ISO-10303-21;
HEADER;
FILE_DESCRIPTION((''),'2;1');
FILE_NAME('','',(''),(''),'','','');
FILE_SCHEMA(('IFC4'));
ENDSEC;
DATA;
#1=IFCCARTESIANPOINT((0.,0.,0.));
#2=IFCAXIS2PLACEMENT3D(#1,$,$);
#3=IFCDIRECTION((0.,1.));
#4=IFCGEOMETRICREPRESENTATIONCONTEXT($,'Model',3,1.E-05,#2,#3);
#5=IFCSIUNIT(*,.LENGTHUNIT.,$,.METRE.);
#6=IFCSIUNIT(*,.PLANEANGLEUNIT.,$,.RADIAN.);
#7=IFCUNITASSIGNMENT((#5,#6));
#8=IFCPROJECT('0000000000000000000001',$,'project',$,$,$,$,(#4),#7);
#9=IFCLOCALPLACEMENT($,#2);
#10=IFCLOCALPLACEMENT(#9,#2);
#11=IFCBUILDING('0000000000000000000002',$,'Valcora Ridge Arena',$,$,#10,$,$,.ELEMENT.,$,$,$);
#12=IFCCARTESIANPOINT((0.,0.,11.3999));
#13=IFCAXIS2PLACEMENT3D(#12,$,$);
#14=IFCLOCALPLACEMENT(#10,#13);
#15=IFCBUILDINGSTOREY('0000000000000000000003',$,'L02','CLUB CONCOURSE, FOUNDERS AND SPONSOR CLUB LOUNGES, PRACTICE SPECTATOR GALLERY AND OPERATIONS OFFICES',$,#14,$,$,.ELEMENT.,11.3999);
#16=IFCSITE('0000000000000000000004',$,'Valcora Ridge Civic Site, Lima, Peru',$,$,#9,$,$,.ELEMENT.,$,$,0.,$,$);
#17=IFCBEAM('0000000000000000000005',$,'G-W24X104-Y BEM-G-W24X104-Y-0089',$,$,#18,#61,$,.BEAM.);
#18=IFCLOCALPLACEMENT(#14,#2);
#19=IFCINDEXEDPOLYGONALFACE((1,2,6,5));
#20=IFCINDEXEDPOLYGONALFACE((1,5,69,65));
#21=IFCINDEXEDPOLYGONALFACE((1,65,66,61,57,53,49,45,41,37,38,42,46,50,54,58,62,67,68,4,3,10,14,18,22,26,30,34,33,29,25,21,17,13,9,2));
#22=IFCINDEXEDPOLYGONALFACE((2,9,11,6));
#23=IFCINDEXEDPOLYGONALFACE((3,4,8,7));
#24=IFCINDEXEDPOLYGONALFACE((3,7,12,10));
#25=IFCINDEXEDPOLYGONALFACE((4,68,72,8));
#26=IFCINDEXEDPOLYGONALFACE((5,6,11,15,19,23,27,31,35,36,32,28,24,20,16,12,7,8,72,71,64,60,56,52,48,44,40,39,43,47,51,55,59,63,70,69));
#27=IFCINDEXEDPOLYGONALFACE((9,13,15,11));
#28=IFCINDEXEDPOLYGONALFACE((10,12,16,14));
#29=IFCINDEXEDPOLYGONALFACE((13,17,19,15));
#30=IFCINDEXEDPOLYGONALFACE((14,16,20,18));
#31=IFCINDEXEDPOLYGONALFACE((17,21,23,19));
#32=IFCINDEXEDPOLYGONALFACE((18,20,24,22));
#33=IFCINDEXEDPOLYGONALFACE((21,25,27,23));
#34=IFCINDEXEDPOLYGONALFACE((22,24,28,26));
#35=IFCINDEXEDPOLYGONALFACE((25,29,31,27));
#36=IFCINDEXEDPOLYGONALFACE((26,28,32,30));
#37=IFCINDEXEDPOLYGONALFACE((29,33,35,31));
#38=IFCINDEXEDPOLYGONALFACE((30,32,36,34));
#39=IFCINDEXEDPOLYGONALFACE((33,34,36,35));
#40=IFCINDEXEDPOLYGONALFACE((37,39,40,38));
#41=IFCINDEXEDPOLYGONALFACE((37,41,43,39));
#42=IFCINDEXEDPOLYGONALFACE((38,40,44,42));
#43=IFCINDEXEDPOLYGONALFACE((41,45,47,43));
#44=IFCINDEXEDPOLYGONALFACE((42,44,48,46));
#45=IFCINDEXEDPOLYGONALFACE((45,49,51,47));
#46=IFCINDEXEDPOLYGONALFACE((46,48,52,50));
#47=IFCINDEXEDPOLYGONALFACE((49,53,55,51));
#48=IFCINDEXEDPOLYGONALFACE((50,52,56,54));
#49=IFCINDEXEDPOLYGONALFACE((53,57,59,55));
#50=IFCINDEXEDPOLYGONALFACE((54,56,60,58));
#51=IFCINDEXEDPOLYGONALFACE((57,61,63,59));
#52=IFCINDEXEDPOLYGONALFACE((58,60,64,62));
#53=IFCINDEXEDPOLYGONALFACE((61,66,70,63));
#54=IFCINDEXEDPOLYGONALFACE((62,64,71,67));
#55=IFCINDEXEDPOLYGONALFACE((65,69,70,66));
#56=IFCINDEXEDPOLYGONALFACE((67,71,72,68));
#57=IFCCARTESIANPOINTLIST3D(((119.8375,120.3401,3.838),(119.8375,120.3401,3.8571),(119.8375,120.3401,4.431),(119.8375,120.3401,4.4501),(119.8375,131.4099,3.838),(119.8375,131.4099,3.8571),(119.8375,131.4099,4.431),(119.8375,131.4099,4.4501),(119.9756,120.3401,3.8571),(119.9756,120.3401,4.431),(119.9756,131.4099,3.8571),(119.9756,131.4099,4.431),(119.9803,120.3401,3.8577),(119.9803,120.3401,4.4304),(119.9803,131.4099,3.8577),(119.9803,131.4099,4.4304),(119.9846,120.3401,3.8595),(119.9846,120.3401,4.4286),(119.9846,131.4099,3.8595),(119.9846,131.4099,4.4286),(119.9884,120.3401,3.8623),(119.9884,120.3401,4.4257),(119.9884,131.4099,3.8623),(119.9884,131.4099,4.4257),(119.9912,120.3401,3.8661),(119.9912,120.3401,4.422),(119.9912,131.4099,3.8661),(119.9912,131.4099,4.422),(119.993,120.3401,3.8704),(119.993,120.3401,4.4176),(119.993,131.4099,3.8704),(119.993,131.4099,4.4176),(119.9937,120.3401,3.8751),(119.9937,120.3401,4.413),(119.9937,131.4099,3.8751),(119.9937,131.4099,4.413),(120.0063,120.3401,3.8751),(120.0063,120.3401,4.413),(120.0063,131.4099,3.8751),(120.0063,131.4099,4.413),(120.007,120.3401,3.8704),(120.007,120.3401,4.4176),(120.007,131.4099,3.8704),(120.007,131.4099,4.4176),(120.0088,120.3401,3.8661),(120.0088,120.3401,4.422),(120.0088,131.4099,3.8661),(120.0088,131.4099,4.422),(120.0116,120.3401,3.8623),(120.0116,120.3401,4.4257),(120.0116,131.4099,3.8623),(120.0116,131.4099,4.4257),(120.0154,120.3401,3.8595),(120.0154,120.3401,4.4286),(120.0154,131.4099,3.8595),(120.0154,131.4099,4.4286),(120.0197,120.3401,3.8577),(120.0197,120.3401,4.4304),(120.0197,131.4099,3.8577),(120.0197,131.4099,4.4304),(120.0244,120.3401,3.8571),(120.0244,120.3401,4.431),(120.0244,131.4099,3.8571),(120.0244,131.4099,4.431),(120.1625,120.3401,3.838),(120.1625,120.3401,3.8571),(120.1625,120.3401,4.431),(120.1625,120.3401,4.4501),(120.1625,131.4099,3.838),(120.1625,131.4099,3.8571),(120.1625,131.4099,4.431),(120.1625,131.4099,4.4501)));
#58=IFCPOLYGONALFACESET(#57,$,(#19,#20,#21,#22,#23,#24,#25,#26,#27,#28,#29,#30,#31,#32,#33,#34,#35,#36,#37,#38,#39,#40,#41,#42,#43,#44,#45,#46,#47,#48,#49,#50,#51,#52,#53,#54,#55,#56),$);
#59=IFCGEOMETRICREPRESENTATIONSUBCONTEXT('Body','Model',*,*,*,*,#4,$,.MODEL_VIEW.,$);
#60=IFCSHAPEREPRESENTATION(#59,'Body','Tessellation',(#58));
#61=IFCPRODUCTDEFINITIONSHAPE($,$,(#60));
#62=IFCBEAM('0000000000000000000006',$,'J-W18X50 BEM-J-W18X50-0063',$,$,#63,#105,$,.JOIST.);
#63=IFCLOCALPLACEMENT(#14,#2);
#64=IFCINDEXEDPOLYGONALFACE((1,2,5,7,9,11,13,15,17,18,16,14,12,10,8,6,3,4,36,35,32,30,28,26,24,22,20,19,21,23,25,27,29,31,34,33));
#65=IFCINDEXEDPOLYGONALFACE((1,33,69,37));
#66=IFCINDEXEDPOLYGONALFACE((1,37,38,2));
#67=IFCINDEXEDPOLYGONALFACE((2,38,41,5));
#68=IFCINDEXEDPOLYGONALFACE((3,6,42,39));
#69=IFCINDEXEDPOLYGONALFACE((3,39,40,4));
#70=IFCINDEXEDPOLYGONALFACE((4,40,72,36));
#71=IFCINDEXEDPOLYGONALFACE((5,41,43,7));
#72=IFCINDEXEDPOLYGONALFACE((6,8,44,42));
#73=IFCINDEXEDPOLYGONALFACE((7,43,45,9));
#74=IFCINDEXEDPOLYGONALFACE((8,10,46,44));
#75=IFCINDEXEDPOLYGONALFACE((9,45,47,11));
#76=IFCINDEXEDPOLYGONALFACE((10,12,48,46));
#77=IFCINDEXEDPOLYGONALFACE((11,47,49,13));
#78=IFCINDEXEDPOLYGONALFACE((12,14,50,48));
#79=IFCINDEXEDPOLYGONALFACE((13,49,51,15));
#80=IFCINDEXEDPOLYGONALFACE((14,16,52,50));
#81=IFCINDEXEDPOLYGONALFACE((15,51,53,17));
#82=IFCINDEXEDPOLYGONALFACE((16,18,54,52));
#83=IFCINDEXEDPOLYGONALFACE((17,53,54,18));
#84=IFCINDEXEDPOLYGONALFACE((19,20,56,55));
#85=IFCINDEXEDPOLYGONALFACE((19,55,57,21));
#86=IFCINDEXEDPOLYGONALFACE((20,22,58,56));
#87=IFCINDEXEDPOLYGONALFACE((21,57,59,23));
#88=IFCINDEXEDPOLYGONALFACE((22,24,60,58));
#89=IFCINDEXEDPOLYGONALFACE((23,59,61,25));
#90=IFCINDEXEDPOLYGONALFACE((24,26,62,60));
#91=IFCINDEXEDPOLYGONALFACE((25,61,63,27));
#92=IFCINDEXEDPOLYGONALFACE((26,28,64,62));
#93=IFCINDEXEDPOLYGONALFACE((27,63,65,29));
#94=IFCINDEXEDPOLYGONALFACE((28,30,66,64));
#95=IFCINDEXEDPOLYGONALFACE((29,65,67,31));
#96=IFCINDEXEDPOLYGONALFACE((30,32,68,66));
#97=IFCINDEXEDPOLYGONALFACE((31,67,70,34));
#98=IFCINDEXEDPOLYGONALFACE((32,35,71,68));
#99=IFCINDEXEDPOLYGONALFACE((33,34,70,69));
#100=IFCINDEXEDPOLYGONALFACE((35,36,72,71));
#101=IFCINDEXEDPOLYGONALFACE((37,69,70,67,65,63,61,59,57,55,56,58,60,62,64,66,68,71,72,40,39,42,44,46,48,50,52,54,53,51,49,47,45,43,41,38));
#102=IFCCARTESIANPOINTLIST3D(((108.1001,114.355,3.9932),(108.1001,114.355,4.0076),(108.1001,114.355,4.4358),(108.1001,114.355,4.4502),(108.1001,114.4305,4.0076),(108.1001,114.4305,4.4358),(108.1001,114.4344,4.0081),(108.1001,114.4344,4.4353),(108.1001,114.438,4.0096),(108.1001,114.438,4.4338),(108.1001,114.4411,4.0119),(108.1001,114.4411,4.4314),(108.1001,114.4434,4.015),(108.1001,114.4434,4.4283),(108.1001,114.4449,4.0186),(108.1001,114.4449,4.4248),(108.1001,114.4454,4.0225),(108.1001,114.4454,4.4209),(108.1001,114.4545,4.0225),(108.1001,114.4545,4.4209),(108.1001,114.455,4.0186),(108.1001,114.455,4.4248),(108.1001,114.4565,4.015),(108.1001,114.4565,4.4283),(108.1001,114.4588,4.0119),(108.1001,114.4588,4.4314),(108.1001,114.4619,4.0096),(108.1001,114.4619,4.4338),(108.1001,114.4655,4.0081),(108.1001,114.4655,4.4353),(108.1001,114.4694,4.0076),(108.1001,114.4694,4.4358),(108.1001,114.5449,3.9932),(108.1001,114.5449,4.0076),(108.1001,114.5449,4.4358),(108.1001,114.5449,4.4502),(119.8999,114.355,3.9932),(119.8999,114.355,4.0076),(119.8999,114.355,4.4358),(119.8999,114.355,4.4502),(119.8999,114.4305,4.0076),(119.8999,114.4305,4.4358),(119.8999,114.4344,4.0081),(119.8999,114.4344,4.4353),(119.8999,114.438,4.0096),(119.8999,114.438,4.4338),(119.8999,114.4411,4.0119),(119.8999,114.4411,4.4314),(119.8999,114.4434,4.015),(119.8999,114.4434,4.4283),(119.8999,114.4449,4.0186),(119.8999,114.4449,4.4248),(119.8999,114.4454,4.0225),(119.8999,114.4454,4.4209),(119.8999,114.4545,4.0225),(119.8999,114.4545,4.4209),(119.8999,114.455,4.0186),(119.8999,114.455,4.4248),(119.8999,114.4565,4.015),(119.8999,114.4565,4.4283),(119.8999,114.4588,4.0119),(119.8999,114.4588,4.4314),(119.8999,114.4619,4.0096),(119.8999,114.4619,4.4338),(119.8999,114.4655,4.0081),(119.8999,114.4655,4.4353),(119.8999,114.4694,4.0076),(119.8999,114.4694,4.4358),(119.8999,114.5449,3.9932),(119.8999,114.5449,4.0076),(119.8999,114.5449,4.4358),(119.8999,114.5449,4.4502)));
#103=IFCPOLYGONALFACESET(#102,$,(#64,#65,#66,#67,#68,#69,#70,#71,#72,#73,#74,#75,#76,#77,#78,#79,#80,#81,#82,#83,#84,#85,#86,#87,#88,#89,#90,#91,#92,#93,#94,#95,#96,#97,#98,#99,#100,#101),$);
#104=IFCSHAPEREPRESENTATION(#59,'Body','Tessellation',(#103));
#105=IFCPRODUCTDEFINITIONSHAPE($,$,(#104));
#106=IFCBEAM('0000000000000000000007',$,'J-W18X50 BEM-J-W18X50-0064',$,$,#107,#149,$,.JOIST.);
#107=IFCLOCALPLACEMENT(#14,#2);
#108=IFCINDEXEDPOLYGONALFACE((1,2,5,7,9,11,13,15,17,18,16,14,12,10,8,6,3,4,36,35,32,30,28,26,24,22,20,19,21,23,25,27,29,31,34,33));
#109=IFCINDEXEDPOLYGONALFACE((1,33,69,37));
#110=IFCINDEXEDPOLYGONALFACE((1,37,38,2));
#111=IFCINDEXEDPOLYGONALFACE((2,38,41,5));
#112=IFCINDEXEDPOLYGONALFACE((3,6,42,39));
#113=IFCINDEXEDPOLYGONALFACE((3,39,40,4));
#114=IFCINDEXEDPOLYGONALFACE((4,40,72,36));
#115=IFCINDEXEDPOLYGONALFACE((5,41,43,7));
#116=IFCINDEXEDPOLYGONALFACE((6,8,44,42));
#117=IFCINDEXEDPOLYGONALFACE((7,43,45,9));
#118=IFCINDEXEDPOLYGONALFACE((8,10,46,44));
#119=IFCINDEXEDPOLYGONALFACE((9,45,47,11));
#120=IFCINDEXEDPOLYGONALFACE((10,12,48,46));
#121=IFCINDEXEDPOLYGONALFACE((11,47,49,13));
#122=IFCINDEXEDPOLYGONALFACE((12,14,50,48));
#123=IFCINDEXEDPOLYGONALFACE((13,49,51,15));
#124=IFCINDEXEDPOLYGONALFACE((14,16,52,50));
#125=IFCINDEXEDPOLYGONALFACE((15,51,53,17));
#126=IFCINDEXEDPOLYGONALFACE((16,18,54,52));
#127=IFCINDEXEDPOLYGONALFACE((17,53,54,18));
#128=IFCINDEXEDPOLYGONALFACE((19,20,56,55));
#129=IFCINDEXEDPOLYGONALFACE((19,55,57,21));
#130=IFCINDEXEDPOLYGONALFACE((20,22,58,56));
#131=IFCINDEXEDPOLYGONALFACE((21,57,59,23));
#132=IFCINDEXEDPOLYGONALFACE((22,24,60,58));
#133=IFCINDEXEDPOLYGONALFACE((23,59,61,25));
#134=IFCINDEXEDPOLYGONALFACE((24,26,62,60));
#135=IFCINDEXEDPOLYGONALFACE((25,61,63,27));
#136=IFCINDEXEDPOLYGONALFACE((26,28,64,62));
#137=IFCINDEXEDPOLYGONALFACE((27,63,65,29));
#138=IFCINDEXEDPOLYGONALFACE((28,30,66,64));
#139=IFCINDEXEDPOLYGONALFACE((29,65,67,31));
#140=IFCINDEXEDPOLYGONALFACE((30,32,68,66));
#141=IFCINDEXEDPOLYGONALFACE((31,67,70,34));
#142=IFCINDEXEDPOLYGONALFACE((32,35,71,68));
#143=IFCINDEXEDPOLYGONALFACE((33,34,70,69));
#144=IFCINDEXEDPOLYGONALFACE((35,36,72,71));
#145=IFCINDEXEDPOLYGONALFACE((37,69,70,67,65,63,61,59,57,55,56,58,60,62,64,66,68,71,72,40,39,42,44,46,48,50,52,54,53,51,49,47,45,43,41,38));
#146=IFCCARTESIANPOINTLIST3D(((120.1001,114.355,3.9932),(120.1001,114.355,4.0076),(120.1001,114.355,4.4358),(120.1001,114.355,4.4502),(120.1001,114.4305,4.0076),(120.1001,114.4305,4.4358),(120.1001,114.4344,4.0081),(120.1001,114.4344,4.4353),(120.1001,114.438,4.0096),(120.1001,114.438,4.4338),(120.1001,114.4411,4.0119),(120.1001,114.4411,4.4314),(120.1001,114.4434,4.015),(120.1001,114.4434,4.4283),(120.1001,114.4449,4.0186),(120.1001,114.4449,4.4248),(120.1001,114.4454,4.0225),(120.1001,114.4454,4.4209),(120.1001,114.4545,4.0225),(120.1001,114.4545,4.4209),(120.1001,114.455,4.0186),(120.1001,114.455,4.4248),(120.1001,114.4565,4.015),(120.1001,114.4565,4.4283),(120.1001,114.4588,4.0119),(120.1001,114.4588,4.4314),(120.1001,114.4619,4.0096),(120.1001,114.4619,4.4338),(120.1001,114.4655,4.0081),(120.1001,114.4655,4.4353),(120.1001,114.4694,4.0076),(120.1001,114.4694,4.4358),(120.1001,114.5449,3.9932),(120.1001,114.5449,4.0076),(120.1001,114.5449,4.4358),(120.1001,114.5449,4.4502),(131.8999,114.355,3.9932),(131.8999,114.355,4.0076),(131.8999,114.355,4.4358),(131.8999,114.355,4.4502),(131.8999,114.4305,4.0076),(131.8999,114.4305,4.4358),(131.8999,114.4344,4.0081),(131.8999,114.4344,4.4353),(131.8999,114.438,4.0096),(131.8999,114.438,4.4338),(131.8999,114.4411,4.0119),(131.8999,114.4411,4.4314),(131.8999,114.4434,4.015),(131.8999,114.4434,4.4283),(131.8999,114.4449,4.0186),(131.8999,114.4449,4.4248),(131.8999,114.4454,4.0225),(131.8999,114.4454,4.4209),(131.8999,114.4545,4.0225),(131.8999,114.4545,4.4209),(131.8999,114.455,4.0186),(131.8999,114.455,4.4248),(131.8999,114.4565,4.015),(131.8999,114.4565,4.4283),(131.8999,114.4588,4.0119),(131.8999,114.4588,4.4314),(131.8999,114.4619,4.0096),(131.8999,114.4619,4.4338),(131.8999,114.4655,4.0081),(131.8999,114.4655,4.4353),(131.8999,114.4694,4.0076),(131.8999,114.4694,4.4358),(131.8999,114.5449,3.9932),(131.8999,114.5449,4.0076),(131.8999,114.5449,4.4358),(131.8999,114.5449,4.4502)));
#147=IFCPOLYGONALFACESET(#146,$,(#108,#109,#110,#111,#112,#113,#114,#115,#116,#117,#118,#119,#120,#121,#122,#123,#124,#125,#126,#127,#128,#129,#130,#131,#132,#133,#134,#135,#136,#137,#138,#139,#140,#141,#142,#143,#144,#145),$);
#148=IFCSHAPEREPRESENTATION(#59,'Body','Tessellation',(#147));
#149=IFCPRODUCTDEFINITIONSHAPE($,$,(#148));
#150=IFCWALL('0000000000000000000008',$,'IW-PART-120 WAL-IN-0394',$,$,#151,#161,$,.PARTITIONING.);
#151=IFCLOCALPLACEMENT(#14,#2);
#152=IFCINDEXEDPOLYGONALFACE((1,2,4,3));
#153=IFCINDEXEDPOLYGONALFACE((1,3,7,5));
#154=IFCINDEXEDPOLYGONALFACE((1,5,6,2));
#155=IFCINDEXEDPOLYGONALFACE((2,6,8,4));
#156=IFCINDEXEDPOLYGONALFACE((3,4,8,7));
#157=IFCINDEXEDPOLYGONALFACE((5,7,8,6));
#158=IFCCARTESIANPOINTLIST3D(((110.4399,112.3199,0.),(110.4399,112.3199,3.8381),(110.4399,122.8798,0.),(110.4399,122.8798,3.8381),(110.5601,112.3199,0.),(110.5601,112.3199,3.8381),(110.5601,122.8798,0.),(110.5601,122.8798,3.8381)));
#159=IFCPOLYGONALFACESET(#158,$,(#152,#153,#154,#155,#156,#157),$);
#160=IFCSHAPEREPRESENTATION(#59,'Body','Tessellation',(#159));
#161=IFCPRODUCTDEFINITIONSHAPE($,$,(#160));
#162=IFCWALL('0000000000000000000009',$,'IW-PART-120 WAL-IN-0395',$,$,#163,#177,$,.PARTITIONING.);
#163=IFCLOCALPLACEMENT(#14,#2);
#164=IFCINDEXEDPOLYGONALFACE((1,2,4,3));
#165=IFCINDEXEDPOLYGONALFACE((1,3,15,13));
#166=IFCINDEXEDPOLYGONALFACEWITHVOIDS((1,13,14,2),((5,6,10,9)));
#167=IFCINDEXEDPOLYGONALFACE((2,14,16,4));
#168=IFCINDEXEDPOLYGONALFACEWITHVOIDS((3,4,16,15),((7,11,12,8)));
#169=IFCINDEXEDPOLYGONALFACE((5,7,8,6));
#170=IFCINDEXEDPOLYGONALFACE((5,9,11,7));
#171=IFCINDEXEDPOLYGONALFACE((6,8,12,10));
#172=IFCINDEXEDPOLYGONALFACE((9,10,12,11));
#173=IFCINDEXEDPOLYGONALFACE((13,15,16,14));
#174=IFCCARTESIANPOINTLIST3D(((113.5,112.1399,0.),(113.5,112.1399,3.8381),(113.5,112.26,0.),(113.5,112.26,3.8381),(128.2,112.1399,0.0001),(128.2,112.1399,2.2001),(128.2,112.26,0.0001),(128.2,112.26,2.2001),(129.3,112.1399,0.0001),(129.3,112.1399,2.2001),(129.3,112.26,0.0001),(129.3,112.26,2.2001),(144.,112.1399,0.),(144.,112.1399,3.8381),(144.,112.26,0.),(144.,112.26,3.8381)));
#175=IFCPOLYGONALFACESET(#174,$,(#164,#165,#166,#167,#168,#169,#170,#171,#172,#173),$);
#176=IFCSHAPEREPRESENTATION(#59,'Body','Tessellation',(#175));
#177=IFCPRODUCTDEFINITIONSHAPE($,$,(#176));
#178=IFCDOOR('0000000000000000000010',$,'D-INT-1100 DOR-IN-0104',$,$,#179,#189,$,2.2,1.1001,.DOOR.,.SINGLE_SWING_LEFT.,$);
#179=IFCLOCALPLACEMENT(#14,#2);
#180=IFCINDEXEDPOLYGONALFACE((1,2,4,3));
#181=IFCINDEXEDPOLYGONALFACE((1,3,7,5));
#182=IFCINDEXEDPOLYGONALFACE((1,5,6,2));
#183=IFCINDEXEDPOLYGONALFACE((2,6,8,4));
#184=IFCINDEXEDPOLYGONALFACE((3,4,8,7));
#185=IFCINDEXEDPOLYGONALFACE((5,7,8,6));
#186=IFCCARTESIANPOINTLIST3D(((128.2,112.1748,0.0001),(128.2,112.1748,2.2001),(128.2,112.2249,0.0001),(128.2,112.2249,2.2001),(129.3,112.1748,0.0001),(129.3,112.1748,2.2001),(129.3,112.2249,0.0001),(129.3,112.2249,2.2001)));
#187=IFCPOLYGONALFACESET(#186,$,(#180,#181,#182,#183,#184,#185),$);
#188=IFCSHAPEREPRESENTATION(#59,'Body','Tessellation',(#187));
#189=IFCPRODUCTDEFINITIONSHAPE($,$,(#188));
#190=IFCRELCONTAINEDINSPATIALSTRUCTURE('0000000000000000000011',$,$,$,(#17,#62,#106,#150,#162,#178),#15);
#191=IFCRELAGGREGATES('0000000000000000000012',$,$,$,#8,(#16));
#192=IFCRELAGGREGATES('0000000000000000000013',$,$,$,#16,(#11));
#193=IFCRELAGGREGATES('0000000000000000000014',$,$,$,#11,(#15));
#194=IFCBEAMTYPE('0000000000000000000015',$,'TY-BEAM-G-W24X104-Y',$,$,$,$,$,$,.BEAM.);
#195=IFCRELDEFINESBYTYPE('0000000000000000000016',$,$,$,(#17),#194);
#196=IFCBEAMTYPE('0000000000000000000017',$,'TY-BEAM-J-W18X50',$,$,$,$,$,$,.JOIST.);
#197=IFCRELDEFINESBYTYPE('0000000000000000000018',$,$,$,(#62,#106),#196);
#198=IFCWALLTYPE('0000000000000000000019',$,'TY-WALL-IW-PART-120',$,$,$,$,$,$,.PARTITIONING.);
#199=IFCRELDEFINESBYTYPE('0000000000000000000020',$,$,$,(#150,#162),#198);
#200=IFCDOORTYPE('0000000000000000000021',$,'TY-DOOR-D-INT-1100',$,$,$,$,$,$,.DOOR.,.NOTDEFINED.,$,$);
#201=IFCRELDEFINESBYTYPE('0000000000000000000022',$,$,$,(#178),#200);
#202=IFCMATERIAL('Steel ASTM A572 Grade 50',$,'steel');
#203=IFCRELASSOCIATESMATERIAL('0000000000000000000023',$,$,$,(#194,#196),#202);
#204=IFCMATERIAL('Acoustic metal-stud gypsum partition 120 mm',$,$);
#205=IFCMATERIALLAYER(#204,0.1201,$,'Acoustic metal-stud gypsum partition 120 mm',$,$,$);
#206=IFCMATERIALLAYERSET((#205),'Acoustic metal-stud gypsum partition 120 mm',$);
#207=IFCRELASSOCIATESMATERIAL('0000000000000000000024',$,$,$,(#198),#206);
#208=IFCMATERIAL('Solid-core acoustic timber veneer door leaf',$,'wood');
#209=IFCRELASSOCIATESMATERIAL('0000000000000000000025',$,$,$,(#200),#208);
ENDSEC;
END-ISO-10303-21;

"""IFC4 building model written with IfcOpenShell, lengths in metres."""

from ifc_helpers import new_model, si_unit, direction, frame, frame_2d, origin, origin_2d, place, context, subcontext, project, spatial, rectangle, i_section, extrude, material, layer, layer_set, material_profile, profile_set, type_object, element, fill, save


model = new_model("IFC4")

# Units and contexts
model_context = context("Model", 3, precision=1e-05, world=origin(), true_north=direction((0.0, 1.0)))
body_context = subcontext(model_context, "Body", "Model", "MODEL_VIEW")
ifc_project = project(units=[si_unit("LENGTHUNIT", "METRE"), si_unit("PLANEANGLEUNIT", "RADIAN")], contexts=[model_context])

# Site, building, storey
site_placement = place(None, origin())
site = spatial("IfcSite", under=ifc_project, at=site_placement, Name="Valcora Ridge Civic Site, Lima, Peru", CompositionType="ELEMENT", RefElevation=0.0)
building_placement = place(site_placement, origin())
building = spatial("IfcBuilding", under=site, at=building_placement, Name="Valcora Ridge Arena", CompositionType="ELEMENT")
storey_placement = place(building_placement, frame((0.0, 0.0, 11.3999)))
storey = spatial("IfcBuildingStorey", under=building, at=storey_placement, Name="L02", Description="CLUB CONCOURSE, FOUNDERS AND SPONSOR CLUB LOUNGES, PRACTICE SPECTATOR GALLERY AND OPERATIONS OFFICES", CompositionType="ELEMENT", Elevation=11.3999)

# Beams
ifc_material_1 = material(Name="Steel ASTM A572 Grade 50", Category="steel")
ifc_material_profile_1 = material_profile(ifc_material_1, i_section(OverallWidth=0.325, OverallDepth=0.6121, WebThickness=0.0127, FlangeThickness=0.019, FilletRadius=0.0181, at=origin_2d()), Name="W24X104")
ifc_profile_set_1 = profile_set([ifc_material_profile_1], Name="Steel ASTM A572 Grade 50")
beam_type_1 = type_object("IfcBeamType", Name="TY-BEAM-G-W24X104-Y", PredefinedType="BEAM", material=ifc_profile_set_1)
beam_1_placement = place(storey_placement, frame((120.0, 120.3401, 4.144), z_axis=(0.0, 1.0, 0.0), x_axis=(-1.0, 0.0, 0.0)))
element("IfcBeam", 1, at=beam_1_placement, inside=storey, type_object=beam_type_1, Name="G-W24X104-Y BEM-G-W24X104-Y-0089", PredefinedType="BEAM", context=body_context, shape_type="SweptSolid", body=[
    extrude(i_section(OverallWidth=0.325, OverallDepth=0.6121, WebThickness=0.0127, FlangeThickness=0.019, FilletRadius=0.0181, at=origin_2d()), origin(), (0.0, 0.0, 1.0), 11.0698),
])
ifc_material_profile_2 = material_profile(ifc_material_1, i_section(OverallWidth=0.1899, OverallDepth=0.457, WebThickness=0.009, FlangeThickness=0.0144, FilletRadius=0.0149, at=origin_2d()), Name="W18X50")
ifc_profile_set_2 = profile_set([ifc_material_profile_2], Name="Steel ASTM A572 Grade 50")
beam_type_2 = type_object("IfcBeamType", Name="TY-BEAM-J-W18X50", PredefinedType="JOIST", material=ifc_profile_set_2)
for number, where, z_axis, x_axis, name in (
    (2, (108.1001, 114.45, 4.2217), (1.0, 0.0, 0.0), (0.0, 1.0, 0.0), "J-W18X50 BEM-J-W18X50-0063"),
    (3, (120.1001, 114.45, 4.2217), (1.0, 0.0, 0.0), (0.0, 1.0, 0.0), "J-W18X50 BEM-J-W18X50-0064"),
):
    element("IfcBeam", number, at=place(storey_placement, frame(where, z_axis=z_axis, x_axis=x_axis)), inside=storey, type_object=beam_type_2, Name=name, PredefinedType="JOIST", context=body_context, shape_type="SweptSolid", body=[
        extrude(i_section(OverallWidth=0.1899, OverallDepth=0.457, WebThickness=0.009, FlangeThickness=0.0144, FilletRadius=0.0149, at=origin_2d()), origin(), (0.0, 0.0, 1.0), 11.7998),
    ])

# Wall
ifc_material_2 = material(Name="Acoustic metal-stud gypsum partition 120 mm")
ifc_layer_1 = layer(ifc_material_2, 0.1201, Name="Acoustic metal-stud gypsum partition 120 mm")
ifc_layer_set_1 = layer_set([ifc_layer_1], Name="Acoustic metal-stud gypsum partition 120 mm")
wall_type_1 = type_object("IfcWallType", Name="TY-WALL-IW-PART-120", PredefinedType="PARTITIONING", material=ifc_layer_set_1)
wall_1_placement = place(storey_placement, frame((110.5, 112.3201, 0.0), z_axis=(0.0, 0.0, 1.0), x_axis=(0.0, 1.0, 0.0)))
element("IfcWall", 4, at=wall_1_placement, inside=storey, type_object=wall_type_1, Name="IW-PART-120 WAL-IN-0394", PredefinedType="PARTITIONING", context=body_context, shape_type="SweptSolid", body=[
    extrude(rectangle(XDim=10.5598, YDim=0.1201, at=frame_2d((5.2798, 0.0))), origin(), (0.0, 0.0, 1.0), 3.8381),
])

# Wall, opening, door
wall_2_placement = place(storey_placement, frame((113.5, 112.2, 0.0), z_axis=(0.0, 0.0, 1.0), x_axis=(1.0, 0.0, 0.0)))
wall_2 = element("IfcWall", 5, at=wall_2_placement, inside=storey, type_object=wall_type_1, Name="IW-PART-120 WAL-IN-0395", PredefinedType="PARTITIONING", context=body_context, shape_type="SweptSolid", body=[
    extrude(rectangle(XDim=30.5, YDim=0.1201, at=frame_2d((15.25, 0.0))), origin(), (0.0, 0.0, 1.0), 3.8381),
])
opening_placement = place(wall_2_placement, frame((14.7, 0.0, 0.0)))
opening = element("IfcOpeningElement", 6, at=opening_placement, cuts=wall_2, PredefinedType="OPENING", context=body_context, shape_type="SweptSolid", body=[
    extrude(rectangle(XDim=1.1001, YDim=2.2, at=frame_2d((0.55, 1.1001))), frame((0.0, 0.0701, 0.0), z_axis=(0.0, -1.0, 0.0), x_axis=(1.0, 0.0, 0.0)), (0.0, 0.0, 1.0), 0.1401),
])
ifc_material_3 = material(Name="Solid-core acoustic timber veneer door leaf", Category="wood")
door_type = type_object("IfcDoorType", Name="TY-DOOR-D-INT-1100", OperationType="NOTDEFINED", PredefinedType="DOOR", material=ifc_material_3)
door_placement = place(opening_placement, origin())
door = element("IfcDoor", 7, at=door_placement, inside=storey, type_object=door_type, Name="D-INT-1100 DOR-IN-0104", OperationType="SINGLE_SWING_LEFT", OverallHeight=2.2, OverallWidth=1.1001, PredefinedType="DOOR", context=body_context, shape_type="SweptSolid", body=[
    extrude(rectangle(XDim=1.1001, YDim=2.2, at=frame_2d((0.55, 1.1001))), frame((0.0, 0.0249, 0.0), z_axis=(0.0, -1.0, 0.0), x_axis=(1.0, 0.0, 0.0)), (0.0, 0.0, 1.0), 0.05),
])
fill(opening, door)

save(model, "model.ifc")
